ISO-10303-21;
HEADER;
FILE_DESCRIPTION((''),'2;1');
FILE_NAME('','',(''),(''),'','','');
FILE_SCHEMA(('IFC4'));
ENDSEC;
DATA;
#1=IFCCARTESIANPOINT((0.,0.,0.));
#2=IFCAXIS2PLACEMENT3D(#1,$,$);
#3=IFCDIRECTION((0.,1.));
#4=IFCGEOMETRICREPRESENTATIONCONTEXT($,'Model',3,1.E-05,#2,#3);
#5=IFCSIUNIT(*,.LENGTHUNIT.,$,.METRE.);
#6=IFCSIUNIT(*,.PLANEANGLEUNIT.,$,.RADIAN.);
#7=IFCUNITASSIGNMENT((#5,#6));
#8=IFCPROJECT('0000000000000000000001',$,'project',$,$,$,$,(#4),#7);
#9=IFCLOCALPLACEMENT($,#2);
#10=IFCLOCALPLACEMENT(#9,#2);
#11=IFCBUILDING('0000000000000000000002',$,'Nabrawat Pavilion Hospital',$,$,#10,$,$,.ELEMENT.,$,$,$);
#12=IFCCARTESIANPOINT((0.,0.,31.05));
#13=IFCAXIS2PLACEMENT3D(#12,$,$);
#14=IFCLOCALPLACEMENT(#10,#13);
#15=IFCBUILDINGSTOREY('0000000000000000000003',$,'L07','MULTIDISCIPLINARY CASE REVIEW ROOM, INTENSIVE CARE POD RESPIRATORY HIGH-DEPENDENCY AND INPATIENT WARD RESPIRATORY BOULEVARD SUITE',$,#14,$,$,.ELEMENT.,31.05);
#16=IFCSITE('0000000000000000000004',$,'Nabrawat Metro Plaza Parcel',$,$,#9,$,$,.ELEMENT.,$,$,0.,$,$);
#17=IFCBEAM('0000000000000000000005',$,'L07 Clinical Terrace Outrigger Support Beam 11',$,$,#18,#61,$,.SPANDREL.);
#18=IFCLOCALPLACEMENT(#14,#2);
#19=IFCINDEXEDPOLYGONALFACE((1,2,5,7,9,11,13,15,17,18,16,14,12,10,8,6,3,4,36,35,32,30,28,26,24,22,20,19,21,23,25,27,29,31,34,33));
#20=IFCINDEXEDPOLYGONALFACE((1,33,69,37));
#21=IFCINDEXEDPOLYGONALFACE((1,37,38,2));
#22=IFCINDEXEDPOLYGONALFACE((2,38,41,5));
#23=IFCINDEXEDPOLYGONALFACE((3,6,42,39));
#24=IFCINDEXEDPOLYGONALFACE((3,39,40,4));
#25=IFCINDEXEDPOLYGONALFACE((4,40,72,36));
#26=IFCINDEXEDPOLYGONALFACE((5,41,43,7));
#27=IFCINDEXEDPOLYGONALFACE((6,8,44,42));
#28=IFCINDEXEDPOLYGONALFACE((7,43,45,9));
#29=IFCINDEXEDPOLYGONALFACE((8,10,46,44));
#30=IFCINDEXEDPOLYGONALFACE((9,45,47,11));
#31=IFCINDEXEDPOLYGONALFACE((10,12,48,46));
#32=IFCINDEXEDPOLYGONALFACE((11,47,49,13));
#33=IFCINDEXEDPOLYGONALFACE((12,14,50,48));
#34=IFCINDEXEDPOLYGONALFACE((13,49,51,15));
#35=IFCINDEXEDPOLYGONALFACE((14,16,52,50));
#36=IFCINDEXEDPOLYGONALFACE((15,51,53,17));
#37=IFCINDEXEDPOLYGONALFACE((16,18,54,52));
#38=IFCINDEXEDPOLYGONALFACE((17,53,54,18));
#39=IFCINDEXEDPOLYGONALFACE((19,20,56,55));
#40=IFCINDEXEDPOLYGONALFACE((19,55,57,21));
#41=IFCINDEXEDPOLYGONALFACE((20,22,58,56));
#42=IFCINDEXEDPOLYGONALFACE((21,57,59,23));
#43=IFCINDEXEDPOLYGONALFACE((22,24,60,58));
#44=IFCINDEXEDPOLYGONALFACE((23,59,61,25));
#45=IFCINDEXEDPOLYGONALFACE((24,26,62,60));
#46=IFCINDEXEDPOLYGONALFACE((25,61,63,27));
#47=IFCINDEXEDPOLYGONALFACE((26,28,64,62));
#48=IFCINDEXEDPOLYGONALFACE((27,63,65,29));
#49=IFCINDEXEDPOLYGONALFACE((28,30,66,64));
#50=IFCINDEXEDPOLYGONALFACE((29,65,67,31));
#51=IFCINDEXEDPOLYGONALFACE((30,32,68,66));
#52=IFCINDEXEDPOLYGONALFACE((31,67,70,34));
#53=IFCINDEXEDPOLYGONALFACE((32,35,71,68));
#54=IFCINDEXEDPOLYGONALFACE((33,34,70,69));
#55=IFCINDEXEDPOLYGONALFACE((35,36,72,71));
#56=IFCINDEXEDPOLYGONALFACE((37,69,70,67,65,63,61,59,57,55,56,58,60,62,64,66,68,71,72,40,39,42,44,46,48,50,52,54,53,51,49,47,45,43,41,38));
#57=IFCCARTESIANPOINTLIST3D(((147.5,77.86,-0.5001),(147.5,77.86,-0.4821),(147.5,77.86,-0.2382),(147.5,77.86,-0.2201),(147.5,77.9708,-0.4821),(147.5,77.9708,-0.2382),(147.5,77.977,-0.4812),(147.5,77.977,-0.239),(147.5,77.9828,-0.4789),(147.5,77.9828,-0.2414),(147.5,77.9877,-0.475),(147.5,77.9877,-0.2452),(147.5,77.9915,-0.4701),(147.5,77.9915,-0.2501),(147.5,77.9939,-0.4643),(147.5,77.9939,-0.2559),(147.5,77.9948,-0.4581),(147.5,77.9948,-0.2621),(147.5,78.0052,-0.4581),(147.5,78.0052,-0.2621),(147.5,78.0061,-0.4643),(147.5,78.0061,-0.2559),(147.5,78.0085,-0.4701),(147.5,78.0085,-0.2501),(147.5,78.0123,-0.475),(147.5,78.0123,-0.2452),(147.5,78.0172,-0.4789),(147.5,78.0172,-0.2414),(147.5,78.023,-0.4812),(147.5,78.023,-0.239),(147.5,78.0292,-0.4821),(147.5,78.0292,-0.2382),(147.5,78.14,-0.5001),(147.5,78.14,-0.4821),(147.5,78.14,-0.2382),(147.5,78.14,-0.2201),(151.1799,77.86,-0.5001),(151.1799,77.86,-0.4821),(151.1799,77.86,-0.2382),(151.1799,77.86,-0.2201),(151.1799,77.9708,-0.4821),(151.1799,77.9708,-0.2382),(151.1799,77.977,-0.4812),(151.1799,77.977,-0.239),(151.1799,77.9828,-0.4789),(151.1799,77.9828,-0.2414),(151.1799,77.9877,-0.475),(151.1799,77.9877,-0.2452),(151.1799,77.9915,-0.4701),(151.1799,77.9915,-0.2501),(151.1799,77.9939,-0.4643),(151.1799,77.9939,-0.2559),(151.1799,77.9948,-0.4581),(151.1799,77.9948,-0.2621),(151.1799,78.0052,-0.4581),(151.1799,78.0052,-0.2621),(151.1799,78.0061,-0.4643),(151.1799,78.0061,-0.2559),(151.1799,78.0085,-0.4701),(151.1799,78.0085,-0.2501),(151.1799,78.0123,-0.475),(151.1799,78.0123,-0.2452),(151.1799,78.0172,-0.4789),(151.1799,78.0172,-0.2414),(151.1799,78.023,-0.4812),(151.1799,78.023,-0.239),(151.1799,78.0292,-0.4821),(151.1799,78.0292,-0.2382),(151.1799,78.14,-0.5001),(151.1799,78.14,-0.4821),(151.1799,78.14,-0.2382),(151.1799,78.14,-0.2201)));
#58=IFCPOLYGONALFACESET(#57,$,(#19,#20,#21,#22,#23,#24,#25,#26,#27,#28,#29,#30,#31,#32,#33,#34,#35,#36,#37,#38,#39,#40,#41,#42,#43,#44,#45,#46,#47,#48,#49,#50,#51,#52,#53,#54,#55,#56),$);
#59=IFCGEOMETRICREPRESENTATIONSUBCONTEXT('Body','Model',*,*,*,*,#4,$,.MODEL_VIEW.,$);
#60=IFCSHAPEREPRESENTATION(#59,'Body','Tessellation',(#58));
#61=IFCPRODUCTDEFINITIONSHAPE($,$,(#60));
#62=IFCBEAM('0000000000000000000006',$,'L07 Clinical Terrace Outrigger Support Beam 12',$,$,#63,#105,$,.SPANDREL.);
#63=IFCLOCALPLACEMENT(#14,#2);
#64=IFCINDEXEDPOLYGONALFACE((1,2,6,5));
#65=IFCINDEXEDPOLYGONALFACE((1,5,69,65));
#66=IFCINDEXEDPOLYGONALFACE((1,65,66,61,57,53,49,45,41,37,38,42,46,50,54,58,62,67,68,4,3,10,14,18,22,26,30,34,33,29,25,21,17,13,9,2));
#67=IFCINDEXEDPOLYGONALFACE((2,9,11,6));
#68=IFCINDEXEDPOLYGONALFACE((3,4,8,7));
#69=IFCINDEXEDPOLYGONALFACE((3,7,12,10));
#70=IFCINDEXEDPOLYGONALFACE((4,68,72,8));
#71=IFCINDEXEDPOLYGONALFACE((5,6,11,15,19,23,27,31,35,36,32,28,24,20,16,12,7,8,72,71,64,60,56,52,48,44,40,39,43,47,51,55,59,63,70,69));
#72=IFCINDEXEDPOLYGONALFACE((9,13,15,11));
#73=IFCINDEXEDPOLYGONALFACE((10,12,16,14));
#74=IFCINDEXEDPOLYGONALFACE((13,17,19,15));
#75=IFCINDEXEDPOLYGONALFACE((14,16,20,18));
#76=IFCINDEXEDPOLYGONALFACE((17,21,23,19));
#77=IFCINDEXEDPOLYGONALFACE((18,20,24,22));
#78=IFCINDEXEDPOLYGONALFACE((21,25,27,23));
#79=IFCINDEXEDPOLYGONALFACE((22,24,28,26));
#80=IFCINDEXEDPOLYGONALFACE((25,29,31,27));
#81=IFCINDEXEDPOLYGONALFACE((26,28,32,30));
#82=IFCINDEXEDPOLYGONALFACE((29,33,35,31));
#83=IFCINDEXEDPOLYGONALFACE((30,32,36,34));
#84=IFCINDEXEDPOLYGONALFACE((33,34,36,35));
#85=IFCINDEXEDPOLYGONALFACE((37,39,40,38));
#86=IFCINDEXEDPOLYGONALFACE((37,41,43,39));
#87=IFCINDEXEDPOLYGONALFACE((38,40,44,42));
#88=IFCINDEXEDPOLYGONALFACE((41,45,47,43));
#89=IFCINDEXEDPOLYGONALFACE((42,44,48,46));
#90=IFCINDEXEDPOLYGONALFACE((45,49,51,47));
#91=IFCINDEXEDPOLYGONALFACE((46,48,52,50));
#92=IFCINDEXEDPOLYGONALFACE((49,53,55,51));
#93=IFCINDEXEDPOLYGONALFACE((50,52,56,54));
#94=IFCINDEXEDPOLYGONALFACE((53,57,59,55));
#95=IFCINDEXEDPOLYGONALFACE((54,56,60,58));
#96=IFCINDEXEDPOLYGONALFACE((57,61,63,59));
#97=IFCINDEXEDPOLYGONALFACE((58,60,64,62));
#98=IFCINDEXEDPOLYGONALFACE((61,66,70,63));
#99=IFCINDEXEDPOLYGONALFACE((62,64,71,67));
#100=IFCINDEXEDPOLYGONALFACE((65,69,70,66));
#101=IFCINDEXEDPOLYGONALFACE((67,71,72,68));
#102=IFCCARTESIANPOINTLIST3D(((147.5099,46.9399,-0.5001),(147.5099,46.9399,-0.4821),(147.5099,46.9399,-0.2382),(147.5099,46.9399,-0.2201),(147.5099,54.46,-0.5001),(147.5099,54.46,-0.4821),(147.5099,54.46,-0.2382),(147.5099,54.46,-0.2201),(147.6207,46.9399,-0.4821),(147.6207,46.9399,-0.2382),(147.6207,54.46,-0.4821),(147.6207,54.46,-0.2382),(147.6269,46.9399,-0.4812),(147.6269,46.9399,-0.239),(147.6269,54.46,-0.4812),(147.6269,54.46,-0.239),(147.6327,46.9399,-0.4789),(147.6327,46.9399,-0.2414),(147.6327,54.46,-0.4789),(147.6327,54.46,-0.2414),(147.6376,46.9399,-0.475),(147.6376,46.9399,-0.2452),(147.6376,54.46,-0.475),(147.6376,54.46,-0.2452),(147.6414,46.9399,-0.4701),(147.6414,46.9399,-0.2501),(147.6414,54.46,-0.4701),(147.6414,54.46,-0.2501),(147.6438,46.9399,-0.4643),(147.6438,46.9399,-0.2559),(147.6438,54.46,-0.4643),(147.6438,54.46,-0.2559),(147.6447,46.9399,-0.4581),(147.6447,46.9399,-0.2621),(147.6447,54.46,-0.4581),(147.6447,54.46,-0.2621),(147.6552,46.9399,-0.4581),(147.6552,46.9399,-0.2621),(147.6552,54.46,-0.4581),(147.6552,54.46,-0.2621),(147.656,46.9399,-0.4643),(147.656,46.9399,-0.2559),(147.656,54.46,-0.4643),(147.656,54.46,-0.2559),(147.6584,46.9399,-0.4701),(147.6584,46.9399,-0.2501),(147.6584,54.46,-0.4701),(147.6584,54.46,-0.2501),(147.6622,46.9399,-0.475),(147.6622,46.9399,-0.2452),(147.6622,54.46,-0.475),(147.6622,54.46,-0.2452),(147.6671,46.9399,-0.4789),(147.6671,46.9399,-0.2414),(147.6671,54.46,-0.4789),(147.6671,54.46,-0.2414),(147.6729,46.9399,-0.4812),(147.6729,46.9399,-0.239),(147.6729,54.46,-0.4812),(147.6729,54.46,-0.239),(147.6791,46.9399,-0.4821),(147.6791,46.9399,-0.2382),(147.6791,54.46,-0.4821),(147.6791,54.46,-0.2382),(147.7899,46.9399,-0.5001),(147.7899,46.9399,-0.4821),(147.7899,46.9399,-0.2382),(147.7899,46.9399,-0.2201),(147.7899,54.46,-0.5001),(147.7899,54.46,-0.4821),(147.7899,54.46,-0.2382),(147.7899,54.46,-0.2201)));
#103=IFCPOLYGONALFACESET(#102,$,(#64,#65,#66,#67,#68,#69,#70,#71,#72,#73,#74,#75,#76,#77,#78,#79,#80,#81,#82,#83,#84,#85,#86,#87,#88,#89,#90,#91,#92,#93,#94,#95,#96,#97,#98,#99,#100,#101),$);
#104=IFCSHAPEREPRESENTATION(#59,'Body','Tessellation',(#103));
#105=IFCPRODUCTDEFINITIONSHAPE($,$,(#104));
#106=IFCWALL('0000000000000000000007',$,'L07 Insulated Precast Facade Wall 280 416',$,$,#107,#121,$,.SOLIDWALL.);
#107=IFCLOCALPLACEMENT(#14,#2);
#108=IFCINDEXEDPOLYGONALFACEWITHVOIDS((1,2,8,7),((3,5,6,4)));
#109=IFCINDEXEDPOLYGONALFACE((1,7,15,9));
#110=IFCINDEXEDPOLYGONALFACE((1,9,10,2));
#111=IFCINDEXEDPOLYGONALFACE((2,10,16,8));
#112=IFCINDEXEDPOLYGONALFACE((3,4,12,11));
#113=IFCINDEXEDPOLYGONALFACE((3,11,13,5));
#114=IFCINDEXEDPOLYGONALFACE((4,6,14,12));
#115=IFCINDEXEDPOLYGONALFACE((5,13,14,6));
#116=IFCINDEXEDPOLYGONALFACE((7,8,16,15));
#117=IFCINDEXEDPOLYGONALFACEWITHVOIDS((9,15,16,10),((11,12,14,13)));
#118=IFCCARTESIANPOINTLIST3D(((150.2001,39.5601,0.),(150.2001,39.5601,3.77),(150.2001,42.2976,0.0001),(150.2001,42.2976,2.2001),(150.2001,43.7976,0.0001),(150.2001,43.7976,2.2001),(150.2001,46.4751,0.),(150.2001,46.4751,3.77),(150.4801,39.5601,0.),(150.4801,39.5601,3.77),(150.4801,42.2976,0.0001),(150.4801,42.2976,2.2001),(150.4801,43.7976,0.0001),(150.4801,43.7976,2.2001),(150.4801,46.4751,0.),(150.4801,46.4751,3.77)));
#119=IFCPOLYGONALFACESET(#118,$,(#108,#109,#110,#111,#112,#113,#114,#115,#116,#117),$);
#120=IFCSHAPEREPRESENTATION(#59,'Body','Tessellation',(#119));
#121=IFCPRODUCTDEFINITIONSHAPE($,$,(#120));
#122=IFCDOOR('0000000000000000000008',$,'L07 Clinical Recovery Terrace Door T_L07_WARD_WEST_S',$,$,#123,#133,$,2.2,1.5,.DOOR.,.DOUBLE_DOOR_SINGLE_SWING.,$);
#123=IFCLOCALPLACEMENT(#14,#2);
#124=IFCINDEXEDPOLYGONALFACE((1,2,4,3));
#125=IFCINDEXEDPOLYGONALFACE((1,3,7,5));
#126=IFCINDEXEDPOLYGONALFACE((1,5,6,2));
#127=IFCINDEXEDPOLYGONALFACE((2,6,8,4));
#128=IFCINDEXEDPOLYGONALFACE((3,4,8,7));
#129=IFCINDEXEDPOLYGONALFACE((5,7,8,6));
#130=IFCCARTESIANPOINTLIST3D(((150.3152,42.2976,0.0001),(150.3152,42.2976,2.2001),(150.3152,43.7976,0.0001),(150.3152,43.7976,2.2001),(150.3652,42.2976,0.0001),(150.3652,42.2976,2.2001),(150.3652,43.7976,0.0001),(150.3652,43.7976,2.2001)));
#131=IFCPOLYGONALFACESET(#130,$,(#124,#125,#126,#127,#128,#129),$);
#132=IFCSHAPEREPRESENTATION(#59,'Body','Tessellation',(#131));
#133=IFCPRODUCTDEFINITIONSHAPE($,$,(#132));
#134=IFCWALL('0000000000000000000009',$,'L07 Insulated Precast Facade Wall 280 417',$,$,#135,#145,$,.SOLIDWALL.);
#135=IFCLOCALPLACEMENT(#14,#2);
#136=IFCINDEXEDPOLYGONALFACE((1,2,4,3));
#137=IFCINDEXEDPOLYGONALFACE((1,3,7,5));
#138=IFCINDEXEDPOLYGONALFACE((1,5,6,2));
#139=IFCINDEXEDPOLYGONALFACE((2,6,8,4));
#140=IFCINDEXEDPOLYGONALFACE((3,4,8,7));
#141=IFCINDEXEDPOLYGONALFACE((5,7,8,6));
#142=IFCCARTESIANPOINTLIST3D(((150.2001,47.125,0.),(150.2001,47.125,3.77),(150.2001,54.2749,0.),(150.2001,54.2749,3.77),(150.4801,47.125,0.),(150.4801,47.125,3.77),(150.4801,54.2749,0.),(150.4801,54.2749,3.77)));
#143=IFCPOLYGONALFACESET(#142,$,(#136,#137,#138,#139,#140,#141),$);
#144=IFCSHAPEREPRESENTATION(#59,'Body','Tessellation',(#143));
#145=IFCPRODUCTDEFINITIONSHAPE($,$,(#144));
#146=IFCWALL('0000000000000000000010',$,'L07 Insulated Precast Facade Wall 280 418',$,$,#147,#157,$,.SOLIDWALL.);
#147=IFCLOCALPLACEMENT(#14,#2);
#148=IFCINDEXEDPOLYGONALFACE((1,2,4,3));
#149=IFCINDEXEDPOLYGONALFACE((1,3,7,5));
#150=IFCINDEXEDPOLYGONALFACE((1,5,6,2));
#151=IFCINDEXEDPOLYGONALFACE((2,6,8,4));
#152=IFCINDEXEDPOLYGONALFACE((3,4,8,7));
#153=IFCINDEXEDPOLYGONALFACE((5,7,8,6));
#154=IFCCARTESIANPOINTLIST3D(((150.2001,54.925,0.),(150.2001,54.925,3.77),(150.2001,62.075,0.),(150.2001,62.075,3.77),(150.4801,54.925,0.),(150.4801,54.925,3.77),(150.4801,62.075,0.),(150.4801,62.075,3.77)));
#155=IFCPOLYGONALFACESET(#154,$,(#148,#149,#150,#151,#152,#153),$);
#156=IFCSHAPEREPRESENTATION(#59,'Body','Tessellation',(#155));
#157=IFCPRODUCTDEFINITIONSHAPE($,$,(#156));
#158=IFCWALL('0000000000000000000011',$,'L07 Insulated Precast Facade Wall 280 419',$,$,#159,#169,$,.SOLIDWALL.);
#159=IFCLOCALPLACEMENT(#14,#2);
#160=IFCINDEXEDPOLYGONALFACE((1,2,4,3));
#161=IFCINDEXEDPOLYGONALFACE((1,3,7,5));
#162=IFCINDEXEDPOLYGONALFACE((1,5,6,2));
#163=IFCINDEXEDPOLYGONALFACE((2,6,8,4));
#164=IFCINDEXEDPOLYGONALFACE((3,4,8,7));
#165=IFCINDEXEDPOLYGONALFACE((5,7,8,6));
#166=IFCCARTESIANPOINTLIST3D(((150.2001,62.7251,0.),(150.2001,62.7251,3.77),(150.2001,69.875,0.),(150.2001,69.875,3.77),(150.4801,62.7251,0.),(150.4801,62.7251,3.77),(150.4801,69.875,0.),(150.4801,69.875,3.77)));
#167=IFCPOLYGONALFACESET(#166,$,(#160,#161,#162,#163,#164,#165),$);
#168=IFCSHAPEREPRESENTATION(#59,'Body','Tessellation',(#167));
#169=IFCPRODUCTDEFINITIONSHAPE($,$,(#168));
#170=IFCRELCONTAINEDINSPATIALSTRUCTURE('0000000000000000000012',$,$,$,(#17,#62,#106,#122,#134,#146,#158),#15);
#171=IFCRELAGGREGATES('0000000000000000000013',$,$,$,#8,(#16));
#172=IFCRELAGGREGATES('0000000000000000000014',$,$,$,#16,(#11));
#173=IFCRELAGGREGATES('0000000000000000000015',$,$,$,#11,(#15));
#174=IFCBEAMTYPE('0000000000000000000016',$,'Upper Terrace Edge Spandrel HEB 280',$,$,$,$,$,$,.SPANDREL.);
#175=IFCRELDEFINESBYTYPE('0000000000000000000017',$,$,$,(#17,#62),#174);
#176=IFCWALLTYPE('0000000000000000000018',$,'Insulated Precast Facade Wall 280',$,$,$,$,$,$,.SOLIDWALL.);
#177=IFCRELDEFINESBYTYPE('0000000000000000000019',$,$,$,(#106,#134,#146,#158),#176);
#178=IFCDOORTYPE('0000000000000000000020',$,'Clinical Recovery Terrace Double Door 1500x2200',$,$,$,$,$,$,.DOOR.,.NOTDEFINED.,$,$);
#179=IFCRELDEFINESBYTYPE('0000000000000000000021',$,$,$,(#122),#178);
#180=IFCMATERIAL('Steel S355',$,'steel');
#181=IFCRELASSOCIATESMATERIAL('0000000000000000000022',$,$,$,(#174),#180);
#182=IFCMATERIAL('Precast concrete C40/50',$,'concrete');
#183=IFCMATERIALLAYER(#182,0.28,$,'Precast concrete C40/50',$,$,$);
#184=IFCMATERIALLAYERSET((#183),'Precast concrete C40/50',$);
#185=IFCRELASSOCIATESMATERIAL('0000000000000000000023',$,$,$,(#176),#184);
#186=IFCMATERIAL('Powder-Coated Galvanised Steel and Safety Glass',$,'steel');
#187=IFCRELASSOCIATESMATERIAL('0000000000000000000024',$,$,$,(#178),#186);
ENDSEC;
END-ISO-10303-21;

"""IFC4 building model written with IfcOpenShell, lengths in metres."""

from ifc_helpers import new_model, si_unit, direction, frame, frame_2d, origin, origin_2d, place, context, subcontext, project, spatial, rectangle, i_section, extrude, material, layer, layer_set, material_profile, profile_set, type_object, element, fill, save


model = new_model("IFC4")

# Units and contexts
model_context = context("Model", 3, precision=1e-05, world=origin(), true_north=direction((0.0, 1.0)))
body_context = subcontext(model_context, "Body", "Model", "MODEL_VIEW")
ifc_project = project(units=[si_unit("LENGTHUNIT", "METRE"), si_unit("PLANEANGLEUNIT", "RADIAN")], contexts=[model_context])

# Site, building, storey
site_placement = place(None, origin())
site = spatial("IfcSite", under=ifc_project, at=site_placement, Name="Nabrawat Metro Plaza Parcel", CompositionType="ELEMENT", RefElevation=0.0)
building_placement = place(site_placement, origin())
building = spatial("IfcBuilding", under=site, at=building_placement, Name="Nabrawat Pavilion Hospital", CompositionType="ELEMENT")
storey_placement = place(building_placement, frame((0.0, 0.0, 31.05)))
storey = spatial("IfcBuildingStorey", under=building, at=storey_placement, Name="L07", Description="MULTIDISCIPLINARY CASE REVIEW ROOM, INTENSIVE CARE POD RESPIRATORY HIGH-DEPENDENCY AND INPATIENT WARD RESPIRATORY BOULEVARD SUITE", CompositionType="ELEMENT", Elevation=31.05)

# Shared definitions
ifc_material_1 = material(Name="Steel S355", Category="steel")

# Beams
ifc_material_profile_1 = material_profile(ifc_material_1, i_section(OverallWidth=0.28, OverallDepth=0.28, WebThickness=0.0105, FlangeThickness=0.0181, FilletRadius=0.0239, at=origin_2d()), Name="HEB 280")
ifc_profile_set_1 = profile_set([ifc_material_profile_1], Name="Steel S355")
beam_type_1 = type_object("IfcBeamType", Name="Upper Terrace Edge Spandrel HEB 280", PredefinedType="SPANDREL", material=ifc_profile_set_1)
for number, where, z_axis, x_axis, name in (
    (1, (147.5, 78.0, -0.3601), (1.0, 0.0, 0.0), (0.0, 1.0, 0.0), "L07 Clinical Terrace Outrigger Support Beam 11"),
):
    element("IfcBeam", number, at=place(storey_placement, frame(where, z_axis=z_axis, x_axis=x_axis)), inside=storey, type_object=beam_type_1, Name=name, PredefinedType="SPANDREL", context=body_context, shape_type="SweptSolid", body=[
        extrude(i_section(OverallWidth=0.28, OverallDepth=0.28, WebThickness=0.0105, FlangeThickness=0.0181, FilletRadius=0.0239, at=origin_2d()), origin(), (0.0, 0.0, 1.0), 3.6799),
    ])
beam_1_placement = place(storey_placement, frame((147.6499, 46.9399, -0.3601), z_axis=(0.0, 1.0, 0.0), x_axis=(-1.0, 0.0, 0.0)))
element("IfcBeam", 2, at=beam_1_placement, inside=storey, type_object=beam_type_1, Name="L07 Clinical Terrace Outrigger Support Beam 12", PredefinedType="SPANDREL", context=body_context, shape_type="SweptSolid", body=[
    extrude(i_section(OverallWidth=0.28, OverallDepth=0.28, WebThickness=0.0105, FlangeThickness=0.0181, FilletRadius=0.0239, at=origin_2d()), origin(), (0.0, 0.0, 1.0), 7.52),
])

# Wall, opening, door
ifc_material_2 = material(Name="Precast concrete C40/50", Category="concrete")
ifc_layer_1 = layer(ifc_material_2, 0.28, Name="Precast concrete C40/50")
ifc_layer_set_1 = layer_set([ifc_layer_1], Name="Precast concrete C40/50")
wall_type = type_object("IfcWallType", Name="Insulated Precast Facade Wall 280", PredefinedType="SOLIDWALL", material=ifc_layer_set_1)
wall_1_placement = place(storey_placement, frame((150.3401, 39.5601, 0.0), z_axis=(0.0, 0.0, 1.0), x_axis=(0.0, 1.0, 0.0)))
wall_1 = element("IfcWall", 3, at=wall_1_placement, inside=storey, type_object=wall_type, Name="L07 Insulated Precast Facade Wall 280 416", PredefinedType="SOLIDWALL", context=body_context, shape_type="SweptSolid", body=[
    extrude(rectangle(XDim=6.915, YDim=0.28, at=frame_2d((3.4575, 0.0))), origin(), (0.0, 0.0, 1.0), 3.77),
])
opening_1_placement = place(wall_1_placement, frame((2.7375, 0.0, 0.0)))
opening_1 = element("IfcOpeningElement", 4, at=opening_1_placement, cuts=wall_1, PredefinedType="OPENING", context=body_context, shape_type="SweptSolid", body=[
    extrude(rectangle(XDim=1.5, YDim=2.2, at=frame_2d((0.75, 1.1001))), frame((0.0, 0.1499, 0.0), z_axis=(0.0, -1.0, 0.0), x_axis=(1.0, 0.0, 0.0)), (0.0, 0.0, 1.0), 0.3),
])
ifc_material_3 = material(Name="Powder-Coated Galvanised Steel and Safety Glass", Category="steel")
door_type = type_object("IfcDoorType", Name="Clinical Recovery Terrace Double Door 1500x2200", OperationType="NOTDEFINED", PredefinedType="DOOR", material=ifc_material_3)
door_placement = place(opening_1_placement, origin())
door = element("IfcDoor", 5, at=door_placement, inside=storey, type_object=door_type, Name="L07 Clinical Recovery Terrace Door T_L07_WARD_WEST_S", OperationType="DOUBLE_DOOR_SINGLE_SWING", OverallHeight=2.2, OverallWidth=1.5, PredefinedType="DOOR", context=body_context, shape_type="SweptSolid", body=[
    extrude(rectangle(XDim=1.5, YDim=2.2, at=frame_2d((0.75, 1.1001))), frame((0.0, 0.0249, 0.0), z_axis=(0.0, -1.0, 0.0), x_axis=(1.0, 0.0, 0.0)), (0.0, 0.0, 1.0), 0.05),
])
fill(opening_1, door)

# Walls
for number, where, z_axis, x_axis, name in (
    (6, (150.3401, 47.125, 0.0), (0.0, 0.0, 1.0), (0.0, 1.0, 0.0), "L07 Insulated Precast Facade Wall 280 417"),
    (7, (150.3401, 54.925, 0.0), (0.0, 0.0, 1.0), (0.0, 1.0, 0.0), "L07 Insulated Precast Facade Wall 280 418"),
    (8, (150.3401, 62.7251, 0.0), (0.0, 0.0, 1.0), (0.0, 1.0, 0.0), "L07 Insulated Precast Facade Wall 280 419"),
):
    element("IfcWall", number, at=place(storey_placement, frame(where, z_axis=z_axis, x_axis=x_axis)), inside=storey, type_object=wall_type, Name=name, PredefinedType="SOLIDWALL", context=body_context, shape_type="SweptSolid", body=[
        extrude(rectangle(XDim=7.1499, YDim=0.28, at=frame_2d((3.575, 0.0))), origin(), (0.0, 0.0, 1.0), 3.77),
    ])

save(model, "model.ifc")
